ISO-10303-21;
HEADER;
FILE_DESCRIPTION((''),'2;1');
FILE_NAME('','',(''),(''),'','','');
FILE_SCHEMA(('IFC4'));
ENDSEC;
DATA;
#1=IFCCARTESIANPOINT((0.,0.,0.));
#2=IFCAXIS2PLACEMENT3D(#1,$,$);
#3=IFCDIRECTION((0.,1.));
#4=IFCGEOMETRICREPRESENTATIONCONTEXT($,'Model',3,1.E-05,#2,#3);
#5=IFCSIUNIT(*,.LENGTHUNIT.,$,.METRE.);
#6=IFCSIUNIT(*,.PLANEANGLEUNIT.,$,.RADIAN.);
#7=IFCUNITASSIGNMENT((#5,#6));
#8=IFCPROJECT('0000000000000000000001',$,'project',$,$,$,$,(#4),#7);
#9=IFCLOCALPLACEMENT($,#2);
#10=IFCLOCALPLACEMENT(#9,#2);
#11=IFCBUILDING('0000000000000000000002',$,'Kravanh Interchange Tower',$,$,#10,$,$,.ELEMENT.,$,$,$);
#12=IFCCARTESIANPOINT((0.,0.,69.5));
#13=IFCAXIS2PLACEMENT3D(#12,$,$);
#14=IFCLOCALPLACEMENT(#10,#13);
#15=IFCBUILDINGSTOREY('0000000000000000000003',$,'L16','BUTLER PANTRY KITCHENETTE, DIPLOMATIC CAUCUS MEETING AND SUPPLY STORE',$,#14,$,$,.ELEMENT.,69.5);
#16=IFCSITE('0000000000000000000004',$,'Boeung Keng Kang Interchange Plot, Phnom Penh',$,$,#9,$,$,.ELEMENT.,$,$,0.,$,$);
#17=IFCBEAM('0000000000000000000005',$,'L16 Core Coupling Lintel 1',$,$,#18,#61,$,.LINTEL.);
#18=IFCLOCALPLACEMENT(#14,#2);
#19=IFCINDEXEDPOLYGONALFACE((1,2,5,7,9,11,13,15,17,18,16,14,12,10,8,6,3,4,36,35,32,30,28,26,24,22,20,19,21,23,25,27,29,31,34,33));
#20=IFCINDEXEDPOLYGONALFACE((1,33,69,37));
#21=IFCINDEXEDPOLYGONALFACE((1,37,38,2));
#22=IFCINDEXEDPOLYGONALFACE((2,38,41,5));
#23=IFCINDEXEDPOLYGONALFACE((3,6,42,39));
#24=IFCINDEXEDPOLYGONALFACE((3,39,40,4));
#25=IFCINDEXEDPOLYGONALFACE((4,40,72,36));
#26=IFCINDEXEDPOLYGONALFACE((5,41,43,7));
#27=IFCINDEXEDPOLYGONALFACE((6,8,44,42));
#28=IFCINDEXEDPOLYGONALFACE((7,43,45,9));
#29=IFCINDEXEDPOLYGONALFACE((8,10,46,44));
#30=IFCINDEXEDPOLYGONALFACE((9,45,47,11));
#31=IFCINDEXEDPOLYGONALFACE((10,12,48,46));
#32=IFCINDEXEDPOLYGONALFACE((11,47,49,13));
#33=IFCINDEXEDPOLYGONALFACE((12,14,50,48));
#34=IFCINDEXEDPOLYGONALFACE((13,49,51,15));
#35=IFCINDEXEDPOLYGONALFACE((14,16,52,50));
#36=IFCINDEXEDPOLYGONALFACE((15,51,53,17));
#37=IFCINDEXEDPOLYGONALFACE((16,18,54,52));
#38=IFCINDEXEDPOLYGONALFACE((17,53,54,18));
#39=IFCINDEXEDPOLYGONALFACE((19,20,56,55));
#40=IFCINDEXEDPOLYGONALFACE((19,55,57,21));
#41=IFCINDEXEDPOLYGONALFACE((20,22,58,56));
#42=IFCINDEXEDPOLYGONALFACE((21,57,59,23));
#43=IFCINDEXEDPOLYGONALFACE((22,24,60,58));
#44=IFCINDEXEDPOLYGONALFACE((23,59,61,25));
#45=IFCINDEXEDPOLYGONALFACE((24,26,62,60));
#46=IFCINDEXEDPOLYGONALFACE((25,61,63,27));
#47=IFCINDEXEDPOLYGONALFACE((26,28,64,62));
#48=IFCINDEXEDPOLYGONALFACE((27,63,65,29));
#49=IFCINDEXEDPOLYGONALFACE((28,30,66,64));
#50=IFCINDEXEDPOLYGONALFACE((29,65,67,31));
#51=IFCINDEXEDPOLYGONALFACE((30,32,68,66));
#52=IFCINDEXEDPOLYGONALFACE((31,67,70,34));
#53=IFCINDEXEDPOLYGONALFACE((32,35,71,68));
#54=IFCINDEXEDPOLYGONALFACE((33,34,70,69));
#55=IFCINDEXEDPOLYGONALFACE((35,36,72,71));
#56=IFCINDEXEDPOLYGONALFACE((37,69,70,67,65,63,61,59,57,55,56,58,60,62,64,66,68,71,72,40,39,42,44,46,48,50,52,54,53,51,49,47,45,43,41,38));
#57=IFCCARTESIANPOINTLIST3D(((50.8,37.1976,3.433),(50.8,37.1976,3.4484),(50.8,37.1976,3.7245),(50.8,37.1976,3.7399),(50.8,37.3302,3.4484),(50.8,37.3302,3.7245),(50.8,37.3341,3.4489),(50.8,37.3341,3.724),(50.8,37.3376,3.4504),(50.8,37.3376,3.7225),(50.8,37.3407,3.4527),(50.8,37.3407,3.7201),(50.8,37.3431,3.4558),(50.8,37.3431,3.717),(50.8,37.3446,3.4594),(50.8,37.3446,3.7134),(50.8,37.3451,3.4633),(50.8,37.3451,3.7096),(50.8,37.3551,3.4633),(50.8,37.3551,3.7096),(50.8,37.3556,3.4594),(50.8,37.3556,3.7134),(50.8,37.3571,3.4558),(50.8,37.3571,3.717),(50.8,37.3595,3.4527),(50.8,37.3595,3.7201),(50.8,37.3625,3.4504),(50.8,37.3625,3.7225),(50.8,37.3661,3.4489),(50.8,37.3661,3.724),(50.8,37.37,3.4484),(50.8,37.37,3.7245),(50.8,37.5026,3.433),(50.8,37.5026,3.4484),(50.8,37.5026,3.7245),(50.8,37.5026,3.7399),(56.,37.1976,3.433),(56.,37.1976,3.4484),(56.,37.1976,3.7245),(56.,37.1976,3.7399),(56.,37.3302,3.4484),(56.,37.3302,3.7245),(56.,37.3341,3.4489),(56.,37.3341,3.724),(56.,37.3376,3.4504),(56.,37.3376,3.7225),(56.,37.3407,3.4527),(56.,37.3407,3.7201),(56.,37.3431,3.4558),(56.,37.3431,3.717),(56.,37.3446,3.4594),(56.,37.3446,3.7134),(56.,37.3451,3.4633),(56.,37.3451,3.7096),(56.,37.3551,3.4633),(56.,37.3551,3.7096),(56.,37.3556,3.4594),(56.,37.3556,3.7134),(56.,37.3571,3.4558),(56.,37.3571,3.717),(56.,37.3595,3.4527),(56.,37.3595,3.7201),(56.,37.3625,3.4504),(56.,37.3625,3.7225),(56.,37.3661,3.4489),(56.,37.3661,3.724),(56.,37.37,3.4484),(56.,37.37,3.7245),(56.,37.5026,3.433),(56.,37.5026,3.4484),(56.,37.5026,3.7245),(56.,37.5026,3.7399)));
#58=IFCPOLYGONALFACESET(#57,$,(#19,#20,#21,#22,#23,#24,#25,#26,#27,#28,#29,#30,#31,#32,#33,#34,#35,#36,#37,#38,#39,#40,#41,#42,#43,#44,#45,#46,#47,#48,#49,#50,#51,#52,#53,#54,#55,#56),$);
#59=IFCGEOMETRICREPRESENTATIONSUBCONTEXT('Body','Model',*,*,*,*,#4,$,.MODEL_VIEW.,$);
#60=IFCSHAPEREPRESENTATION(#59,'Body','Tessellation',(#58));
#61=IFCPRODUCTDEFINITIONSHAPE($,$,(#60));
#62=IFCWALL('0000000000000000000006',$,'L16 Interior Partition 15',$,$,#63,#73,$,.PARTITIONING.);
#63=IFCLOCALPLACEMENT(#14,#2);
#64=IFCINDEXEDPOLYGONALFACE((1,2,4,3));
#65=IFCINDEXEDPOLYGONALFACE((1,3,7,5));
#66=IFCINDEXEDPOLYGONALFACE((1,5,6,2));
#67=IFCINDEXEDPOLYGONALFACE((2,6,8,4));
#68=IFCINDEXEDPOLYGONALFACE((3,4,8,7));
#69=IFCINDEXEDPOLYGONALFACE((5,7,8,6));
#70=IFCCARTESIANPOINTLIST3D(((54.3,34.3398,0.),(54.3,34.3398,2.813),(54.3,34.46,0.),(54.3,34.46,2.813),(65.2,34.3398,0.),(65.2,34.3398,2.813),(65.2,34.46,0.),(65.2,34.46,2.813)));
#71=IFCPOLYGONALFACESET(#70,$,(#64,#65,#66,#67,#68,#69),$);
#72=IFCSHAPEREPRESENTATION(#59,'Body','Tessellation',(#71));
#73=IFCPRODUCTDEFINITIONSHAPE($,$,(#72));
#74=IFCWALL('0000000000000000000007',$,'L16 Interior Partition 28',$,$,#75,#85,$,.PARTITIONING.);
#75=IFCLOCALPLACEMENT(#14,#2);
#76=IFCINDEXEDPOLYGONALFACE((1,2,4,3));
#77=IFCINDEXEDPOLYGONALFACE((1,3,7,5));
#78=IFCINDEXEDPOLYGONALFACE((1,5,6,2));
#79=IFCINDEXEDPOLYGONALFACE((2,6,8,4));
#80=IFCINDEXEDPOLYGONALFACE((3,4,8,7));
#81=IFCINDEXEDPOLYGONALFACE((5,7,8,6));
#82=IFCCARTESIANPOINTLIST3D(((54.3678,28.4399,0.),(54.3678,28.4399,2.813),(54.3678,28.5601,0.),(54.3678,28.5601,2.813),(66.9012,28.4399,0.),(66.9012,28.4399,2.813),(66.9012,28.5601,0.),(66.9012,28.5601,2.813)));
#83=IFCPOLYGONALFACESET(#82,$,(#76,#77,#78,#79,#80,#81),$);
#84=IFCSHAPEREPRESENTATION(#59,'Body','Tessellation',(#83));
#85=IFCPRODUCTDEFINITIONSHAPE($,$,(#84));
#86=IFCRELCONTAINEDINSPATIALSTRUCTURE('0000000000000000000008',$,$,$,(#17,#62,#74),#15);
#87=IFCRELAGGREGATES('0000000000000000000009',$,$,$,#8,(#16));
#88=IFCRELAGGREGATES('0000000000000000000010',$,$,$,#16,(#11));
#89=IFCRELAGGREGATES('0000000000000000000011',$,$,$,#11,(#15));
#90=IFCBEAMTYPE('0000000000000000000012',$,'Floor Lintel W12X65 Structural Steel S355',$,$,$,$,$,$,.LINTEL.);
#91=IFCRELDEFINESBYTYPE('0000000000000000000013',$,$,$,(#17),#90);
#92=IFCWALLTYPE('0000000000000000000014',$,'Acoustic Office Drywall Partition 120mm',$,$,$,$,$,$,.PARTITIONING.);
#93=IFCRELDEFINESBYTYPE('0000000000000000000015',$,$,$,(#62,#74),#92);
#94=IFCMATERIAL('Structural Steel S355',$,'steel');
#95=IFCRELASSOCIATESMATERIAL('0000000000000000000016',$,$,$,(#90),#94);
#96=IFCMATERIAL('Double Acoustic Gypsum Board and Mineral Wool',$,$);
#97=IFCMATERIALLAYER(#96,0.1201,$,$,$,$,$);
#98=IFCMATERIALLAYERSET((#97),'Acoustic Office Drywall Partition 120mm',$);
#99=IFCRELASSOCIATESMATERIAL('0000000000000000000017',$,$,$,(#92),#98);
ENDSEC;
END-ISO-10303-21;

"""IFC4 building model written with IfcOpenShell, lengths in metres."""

from ifc_helpers import new_model, si_unit, direction, frame, frame_2d, origin, origin_2d, place, context, subcontext, project, spatial, rectangle, i_section, extrude, material, layer, layer_set, material_profile, profile_set, type_object, element, save


model = new_model("IFC4")

# Units and contexts
model_context = context("Model", 3, precision=1e-05, world=origin(), true_north=direction((0.0, 1.0)))
body_context = subcontext(model_context, "Body", "Model", "MODEL_VIEW")
ifc_project = project(units=[si_unit("LENGTHUNIT", "METRE"), si_unit("PLANEANGLEUNIT", "RADIAN")], contexts=[model_context])

# Site, building, storey
site_placement = place(None, origin())
site = spatial("IfcSite", under=ifc_project, at=site_placement, Name="Boeung Keng Kang Interchange Plot, Phnom Penh", CompositionType="ELEMENT", RefElevation=0.0)
building_placement = place(site_placement, origin())
building = spatial("IfcBuilding", under=site, at=building_placement, Name="Kravanh Interchange Tower", CompositionType="ELEMENT")
storey_placement = place(building_placement, frame((0.0, 0.0, 69.5)))
storey = spatial("IfcBuildingStorey", under=building, at=storey_placement, Name="L16", Description="BUTLER PANTRY KITCHENETTE, DIPLOMATIC CAUCUS MEETING AND SUPPLY STORE", CompositionType="ELEMENT", Elevation=69.5)

# Beam
ifc_material_1 = material(Name="Structural Steel S355", Category="steel")
ifc_material_profile_1 = material_profile(ifc_material_1, i_section(OverallWidth=0.3049, OverallDepth=0.3069, WebThickness=0.01, FlangeThickness=0.0154, FilletRadius=0.0149, at=origin_2d()), Name="W12X65")
ifc_profile_set_1 = profile_set([ifc_material_profile_1], Name="Structural Steel S355")
beam_type_1 = type_object("IfcBeamType", Name="Floor Lintel W12X65 Structural Steel S355", PredefinedType="LINTEL", material=ifc_profile_set_1)
beam_1_placement = place(storey_placement, frame((50.8, 37.3501, 3.5864), z_axis=(1.0, 0.0, 0.0), x_axis=(0.0, 1.0, 0.0)))
element("IfcBeam", 1, at=beam_1_placement, inside=storey, type_object=beam_type_1, Name="L16 Core Coupling Lintel 1", PredefinedType="LINTEL", context=body_context, shape_type="SweptSolid", body=[
    extrude(i_section(OverallWidth=0.3049, OverallDepth=0.3069, WebThickness=0.01, FlangeThickness=0.0154, FilletRadius=0.0149, at=origin_2d()), origin(), (0.0, 0.0, 1.0), 5.2),
])

# Walls
ifc_material_2 = material(Name="Double Acoustic Gypsum Board and Mineral Wool")
ifc_layer_1 = layer(ifc_material_2, 0.1201)
ifc_layer_set_1 = layer_set([ifc_layer_1], Name="Acoustic Office Drywall Partition 120mm")
wall_type_1 = type_object("IfcWallType", Name="Acoustic Office Drywall Partition 120mm", PredefinedType="PARTITIONING", material=ifc_layer_set_1)
wall_1_placement = place(storey_placement, frame((54.3, 34.3999, 0.0), z_axis=(0.0, 0.0, 1.0), x_axis=(1.0, 0.0, 0.0)))
element("IfcWall", 2, at=wall_1_placement, inside=storey, type_object=wall_type_1, Name="L16 Interior Partition 15", PredefinedType="PARTITIONING", context=body_context, shape_type="SweptSolid", body=[
    extrude(rectangle(XDim=10.8999, YDim=0.1201, at=frame_2d((5.45, 0.0))), origin(), (0.0, 0.0, 1.0), 2.813),
])
wall_2_placement = place(storey_placement, frame((54.3679, 28.5, 0.0), z_axis=(0.0, 0.0, 1.0), x_axis=(1.0, 0.0, 0.0)))
element("IfcWall", 3, at=wall_2_placement, inside=storey, type_object=wall_type_1, Name="L16 Interior Partition 28", PredefinedType="PARTITIONING", context=body_context, shape_type="SweptSolid", body=[
    extrude(rectangle(XDim=12.5334, YDim=0.1201, at=frame_2d((6.2666, 0.0))), origin(), (0.0, 0.0, 1.0), 2.813),
])

save(model, "model.ifc")
